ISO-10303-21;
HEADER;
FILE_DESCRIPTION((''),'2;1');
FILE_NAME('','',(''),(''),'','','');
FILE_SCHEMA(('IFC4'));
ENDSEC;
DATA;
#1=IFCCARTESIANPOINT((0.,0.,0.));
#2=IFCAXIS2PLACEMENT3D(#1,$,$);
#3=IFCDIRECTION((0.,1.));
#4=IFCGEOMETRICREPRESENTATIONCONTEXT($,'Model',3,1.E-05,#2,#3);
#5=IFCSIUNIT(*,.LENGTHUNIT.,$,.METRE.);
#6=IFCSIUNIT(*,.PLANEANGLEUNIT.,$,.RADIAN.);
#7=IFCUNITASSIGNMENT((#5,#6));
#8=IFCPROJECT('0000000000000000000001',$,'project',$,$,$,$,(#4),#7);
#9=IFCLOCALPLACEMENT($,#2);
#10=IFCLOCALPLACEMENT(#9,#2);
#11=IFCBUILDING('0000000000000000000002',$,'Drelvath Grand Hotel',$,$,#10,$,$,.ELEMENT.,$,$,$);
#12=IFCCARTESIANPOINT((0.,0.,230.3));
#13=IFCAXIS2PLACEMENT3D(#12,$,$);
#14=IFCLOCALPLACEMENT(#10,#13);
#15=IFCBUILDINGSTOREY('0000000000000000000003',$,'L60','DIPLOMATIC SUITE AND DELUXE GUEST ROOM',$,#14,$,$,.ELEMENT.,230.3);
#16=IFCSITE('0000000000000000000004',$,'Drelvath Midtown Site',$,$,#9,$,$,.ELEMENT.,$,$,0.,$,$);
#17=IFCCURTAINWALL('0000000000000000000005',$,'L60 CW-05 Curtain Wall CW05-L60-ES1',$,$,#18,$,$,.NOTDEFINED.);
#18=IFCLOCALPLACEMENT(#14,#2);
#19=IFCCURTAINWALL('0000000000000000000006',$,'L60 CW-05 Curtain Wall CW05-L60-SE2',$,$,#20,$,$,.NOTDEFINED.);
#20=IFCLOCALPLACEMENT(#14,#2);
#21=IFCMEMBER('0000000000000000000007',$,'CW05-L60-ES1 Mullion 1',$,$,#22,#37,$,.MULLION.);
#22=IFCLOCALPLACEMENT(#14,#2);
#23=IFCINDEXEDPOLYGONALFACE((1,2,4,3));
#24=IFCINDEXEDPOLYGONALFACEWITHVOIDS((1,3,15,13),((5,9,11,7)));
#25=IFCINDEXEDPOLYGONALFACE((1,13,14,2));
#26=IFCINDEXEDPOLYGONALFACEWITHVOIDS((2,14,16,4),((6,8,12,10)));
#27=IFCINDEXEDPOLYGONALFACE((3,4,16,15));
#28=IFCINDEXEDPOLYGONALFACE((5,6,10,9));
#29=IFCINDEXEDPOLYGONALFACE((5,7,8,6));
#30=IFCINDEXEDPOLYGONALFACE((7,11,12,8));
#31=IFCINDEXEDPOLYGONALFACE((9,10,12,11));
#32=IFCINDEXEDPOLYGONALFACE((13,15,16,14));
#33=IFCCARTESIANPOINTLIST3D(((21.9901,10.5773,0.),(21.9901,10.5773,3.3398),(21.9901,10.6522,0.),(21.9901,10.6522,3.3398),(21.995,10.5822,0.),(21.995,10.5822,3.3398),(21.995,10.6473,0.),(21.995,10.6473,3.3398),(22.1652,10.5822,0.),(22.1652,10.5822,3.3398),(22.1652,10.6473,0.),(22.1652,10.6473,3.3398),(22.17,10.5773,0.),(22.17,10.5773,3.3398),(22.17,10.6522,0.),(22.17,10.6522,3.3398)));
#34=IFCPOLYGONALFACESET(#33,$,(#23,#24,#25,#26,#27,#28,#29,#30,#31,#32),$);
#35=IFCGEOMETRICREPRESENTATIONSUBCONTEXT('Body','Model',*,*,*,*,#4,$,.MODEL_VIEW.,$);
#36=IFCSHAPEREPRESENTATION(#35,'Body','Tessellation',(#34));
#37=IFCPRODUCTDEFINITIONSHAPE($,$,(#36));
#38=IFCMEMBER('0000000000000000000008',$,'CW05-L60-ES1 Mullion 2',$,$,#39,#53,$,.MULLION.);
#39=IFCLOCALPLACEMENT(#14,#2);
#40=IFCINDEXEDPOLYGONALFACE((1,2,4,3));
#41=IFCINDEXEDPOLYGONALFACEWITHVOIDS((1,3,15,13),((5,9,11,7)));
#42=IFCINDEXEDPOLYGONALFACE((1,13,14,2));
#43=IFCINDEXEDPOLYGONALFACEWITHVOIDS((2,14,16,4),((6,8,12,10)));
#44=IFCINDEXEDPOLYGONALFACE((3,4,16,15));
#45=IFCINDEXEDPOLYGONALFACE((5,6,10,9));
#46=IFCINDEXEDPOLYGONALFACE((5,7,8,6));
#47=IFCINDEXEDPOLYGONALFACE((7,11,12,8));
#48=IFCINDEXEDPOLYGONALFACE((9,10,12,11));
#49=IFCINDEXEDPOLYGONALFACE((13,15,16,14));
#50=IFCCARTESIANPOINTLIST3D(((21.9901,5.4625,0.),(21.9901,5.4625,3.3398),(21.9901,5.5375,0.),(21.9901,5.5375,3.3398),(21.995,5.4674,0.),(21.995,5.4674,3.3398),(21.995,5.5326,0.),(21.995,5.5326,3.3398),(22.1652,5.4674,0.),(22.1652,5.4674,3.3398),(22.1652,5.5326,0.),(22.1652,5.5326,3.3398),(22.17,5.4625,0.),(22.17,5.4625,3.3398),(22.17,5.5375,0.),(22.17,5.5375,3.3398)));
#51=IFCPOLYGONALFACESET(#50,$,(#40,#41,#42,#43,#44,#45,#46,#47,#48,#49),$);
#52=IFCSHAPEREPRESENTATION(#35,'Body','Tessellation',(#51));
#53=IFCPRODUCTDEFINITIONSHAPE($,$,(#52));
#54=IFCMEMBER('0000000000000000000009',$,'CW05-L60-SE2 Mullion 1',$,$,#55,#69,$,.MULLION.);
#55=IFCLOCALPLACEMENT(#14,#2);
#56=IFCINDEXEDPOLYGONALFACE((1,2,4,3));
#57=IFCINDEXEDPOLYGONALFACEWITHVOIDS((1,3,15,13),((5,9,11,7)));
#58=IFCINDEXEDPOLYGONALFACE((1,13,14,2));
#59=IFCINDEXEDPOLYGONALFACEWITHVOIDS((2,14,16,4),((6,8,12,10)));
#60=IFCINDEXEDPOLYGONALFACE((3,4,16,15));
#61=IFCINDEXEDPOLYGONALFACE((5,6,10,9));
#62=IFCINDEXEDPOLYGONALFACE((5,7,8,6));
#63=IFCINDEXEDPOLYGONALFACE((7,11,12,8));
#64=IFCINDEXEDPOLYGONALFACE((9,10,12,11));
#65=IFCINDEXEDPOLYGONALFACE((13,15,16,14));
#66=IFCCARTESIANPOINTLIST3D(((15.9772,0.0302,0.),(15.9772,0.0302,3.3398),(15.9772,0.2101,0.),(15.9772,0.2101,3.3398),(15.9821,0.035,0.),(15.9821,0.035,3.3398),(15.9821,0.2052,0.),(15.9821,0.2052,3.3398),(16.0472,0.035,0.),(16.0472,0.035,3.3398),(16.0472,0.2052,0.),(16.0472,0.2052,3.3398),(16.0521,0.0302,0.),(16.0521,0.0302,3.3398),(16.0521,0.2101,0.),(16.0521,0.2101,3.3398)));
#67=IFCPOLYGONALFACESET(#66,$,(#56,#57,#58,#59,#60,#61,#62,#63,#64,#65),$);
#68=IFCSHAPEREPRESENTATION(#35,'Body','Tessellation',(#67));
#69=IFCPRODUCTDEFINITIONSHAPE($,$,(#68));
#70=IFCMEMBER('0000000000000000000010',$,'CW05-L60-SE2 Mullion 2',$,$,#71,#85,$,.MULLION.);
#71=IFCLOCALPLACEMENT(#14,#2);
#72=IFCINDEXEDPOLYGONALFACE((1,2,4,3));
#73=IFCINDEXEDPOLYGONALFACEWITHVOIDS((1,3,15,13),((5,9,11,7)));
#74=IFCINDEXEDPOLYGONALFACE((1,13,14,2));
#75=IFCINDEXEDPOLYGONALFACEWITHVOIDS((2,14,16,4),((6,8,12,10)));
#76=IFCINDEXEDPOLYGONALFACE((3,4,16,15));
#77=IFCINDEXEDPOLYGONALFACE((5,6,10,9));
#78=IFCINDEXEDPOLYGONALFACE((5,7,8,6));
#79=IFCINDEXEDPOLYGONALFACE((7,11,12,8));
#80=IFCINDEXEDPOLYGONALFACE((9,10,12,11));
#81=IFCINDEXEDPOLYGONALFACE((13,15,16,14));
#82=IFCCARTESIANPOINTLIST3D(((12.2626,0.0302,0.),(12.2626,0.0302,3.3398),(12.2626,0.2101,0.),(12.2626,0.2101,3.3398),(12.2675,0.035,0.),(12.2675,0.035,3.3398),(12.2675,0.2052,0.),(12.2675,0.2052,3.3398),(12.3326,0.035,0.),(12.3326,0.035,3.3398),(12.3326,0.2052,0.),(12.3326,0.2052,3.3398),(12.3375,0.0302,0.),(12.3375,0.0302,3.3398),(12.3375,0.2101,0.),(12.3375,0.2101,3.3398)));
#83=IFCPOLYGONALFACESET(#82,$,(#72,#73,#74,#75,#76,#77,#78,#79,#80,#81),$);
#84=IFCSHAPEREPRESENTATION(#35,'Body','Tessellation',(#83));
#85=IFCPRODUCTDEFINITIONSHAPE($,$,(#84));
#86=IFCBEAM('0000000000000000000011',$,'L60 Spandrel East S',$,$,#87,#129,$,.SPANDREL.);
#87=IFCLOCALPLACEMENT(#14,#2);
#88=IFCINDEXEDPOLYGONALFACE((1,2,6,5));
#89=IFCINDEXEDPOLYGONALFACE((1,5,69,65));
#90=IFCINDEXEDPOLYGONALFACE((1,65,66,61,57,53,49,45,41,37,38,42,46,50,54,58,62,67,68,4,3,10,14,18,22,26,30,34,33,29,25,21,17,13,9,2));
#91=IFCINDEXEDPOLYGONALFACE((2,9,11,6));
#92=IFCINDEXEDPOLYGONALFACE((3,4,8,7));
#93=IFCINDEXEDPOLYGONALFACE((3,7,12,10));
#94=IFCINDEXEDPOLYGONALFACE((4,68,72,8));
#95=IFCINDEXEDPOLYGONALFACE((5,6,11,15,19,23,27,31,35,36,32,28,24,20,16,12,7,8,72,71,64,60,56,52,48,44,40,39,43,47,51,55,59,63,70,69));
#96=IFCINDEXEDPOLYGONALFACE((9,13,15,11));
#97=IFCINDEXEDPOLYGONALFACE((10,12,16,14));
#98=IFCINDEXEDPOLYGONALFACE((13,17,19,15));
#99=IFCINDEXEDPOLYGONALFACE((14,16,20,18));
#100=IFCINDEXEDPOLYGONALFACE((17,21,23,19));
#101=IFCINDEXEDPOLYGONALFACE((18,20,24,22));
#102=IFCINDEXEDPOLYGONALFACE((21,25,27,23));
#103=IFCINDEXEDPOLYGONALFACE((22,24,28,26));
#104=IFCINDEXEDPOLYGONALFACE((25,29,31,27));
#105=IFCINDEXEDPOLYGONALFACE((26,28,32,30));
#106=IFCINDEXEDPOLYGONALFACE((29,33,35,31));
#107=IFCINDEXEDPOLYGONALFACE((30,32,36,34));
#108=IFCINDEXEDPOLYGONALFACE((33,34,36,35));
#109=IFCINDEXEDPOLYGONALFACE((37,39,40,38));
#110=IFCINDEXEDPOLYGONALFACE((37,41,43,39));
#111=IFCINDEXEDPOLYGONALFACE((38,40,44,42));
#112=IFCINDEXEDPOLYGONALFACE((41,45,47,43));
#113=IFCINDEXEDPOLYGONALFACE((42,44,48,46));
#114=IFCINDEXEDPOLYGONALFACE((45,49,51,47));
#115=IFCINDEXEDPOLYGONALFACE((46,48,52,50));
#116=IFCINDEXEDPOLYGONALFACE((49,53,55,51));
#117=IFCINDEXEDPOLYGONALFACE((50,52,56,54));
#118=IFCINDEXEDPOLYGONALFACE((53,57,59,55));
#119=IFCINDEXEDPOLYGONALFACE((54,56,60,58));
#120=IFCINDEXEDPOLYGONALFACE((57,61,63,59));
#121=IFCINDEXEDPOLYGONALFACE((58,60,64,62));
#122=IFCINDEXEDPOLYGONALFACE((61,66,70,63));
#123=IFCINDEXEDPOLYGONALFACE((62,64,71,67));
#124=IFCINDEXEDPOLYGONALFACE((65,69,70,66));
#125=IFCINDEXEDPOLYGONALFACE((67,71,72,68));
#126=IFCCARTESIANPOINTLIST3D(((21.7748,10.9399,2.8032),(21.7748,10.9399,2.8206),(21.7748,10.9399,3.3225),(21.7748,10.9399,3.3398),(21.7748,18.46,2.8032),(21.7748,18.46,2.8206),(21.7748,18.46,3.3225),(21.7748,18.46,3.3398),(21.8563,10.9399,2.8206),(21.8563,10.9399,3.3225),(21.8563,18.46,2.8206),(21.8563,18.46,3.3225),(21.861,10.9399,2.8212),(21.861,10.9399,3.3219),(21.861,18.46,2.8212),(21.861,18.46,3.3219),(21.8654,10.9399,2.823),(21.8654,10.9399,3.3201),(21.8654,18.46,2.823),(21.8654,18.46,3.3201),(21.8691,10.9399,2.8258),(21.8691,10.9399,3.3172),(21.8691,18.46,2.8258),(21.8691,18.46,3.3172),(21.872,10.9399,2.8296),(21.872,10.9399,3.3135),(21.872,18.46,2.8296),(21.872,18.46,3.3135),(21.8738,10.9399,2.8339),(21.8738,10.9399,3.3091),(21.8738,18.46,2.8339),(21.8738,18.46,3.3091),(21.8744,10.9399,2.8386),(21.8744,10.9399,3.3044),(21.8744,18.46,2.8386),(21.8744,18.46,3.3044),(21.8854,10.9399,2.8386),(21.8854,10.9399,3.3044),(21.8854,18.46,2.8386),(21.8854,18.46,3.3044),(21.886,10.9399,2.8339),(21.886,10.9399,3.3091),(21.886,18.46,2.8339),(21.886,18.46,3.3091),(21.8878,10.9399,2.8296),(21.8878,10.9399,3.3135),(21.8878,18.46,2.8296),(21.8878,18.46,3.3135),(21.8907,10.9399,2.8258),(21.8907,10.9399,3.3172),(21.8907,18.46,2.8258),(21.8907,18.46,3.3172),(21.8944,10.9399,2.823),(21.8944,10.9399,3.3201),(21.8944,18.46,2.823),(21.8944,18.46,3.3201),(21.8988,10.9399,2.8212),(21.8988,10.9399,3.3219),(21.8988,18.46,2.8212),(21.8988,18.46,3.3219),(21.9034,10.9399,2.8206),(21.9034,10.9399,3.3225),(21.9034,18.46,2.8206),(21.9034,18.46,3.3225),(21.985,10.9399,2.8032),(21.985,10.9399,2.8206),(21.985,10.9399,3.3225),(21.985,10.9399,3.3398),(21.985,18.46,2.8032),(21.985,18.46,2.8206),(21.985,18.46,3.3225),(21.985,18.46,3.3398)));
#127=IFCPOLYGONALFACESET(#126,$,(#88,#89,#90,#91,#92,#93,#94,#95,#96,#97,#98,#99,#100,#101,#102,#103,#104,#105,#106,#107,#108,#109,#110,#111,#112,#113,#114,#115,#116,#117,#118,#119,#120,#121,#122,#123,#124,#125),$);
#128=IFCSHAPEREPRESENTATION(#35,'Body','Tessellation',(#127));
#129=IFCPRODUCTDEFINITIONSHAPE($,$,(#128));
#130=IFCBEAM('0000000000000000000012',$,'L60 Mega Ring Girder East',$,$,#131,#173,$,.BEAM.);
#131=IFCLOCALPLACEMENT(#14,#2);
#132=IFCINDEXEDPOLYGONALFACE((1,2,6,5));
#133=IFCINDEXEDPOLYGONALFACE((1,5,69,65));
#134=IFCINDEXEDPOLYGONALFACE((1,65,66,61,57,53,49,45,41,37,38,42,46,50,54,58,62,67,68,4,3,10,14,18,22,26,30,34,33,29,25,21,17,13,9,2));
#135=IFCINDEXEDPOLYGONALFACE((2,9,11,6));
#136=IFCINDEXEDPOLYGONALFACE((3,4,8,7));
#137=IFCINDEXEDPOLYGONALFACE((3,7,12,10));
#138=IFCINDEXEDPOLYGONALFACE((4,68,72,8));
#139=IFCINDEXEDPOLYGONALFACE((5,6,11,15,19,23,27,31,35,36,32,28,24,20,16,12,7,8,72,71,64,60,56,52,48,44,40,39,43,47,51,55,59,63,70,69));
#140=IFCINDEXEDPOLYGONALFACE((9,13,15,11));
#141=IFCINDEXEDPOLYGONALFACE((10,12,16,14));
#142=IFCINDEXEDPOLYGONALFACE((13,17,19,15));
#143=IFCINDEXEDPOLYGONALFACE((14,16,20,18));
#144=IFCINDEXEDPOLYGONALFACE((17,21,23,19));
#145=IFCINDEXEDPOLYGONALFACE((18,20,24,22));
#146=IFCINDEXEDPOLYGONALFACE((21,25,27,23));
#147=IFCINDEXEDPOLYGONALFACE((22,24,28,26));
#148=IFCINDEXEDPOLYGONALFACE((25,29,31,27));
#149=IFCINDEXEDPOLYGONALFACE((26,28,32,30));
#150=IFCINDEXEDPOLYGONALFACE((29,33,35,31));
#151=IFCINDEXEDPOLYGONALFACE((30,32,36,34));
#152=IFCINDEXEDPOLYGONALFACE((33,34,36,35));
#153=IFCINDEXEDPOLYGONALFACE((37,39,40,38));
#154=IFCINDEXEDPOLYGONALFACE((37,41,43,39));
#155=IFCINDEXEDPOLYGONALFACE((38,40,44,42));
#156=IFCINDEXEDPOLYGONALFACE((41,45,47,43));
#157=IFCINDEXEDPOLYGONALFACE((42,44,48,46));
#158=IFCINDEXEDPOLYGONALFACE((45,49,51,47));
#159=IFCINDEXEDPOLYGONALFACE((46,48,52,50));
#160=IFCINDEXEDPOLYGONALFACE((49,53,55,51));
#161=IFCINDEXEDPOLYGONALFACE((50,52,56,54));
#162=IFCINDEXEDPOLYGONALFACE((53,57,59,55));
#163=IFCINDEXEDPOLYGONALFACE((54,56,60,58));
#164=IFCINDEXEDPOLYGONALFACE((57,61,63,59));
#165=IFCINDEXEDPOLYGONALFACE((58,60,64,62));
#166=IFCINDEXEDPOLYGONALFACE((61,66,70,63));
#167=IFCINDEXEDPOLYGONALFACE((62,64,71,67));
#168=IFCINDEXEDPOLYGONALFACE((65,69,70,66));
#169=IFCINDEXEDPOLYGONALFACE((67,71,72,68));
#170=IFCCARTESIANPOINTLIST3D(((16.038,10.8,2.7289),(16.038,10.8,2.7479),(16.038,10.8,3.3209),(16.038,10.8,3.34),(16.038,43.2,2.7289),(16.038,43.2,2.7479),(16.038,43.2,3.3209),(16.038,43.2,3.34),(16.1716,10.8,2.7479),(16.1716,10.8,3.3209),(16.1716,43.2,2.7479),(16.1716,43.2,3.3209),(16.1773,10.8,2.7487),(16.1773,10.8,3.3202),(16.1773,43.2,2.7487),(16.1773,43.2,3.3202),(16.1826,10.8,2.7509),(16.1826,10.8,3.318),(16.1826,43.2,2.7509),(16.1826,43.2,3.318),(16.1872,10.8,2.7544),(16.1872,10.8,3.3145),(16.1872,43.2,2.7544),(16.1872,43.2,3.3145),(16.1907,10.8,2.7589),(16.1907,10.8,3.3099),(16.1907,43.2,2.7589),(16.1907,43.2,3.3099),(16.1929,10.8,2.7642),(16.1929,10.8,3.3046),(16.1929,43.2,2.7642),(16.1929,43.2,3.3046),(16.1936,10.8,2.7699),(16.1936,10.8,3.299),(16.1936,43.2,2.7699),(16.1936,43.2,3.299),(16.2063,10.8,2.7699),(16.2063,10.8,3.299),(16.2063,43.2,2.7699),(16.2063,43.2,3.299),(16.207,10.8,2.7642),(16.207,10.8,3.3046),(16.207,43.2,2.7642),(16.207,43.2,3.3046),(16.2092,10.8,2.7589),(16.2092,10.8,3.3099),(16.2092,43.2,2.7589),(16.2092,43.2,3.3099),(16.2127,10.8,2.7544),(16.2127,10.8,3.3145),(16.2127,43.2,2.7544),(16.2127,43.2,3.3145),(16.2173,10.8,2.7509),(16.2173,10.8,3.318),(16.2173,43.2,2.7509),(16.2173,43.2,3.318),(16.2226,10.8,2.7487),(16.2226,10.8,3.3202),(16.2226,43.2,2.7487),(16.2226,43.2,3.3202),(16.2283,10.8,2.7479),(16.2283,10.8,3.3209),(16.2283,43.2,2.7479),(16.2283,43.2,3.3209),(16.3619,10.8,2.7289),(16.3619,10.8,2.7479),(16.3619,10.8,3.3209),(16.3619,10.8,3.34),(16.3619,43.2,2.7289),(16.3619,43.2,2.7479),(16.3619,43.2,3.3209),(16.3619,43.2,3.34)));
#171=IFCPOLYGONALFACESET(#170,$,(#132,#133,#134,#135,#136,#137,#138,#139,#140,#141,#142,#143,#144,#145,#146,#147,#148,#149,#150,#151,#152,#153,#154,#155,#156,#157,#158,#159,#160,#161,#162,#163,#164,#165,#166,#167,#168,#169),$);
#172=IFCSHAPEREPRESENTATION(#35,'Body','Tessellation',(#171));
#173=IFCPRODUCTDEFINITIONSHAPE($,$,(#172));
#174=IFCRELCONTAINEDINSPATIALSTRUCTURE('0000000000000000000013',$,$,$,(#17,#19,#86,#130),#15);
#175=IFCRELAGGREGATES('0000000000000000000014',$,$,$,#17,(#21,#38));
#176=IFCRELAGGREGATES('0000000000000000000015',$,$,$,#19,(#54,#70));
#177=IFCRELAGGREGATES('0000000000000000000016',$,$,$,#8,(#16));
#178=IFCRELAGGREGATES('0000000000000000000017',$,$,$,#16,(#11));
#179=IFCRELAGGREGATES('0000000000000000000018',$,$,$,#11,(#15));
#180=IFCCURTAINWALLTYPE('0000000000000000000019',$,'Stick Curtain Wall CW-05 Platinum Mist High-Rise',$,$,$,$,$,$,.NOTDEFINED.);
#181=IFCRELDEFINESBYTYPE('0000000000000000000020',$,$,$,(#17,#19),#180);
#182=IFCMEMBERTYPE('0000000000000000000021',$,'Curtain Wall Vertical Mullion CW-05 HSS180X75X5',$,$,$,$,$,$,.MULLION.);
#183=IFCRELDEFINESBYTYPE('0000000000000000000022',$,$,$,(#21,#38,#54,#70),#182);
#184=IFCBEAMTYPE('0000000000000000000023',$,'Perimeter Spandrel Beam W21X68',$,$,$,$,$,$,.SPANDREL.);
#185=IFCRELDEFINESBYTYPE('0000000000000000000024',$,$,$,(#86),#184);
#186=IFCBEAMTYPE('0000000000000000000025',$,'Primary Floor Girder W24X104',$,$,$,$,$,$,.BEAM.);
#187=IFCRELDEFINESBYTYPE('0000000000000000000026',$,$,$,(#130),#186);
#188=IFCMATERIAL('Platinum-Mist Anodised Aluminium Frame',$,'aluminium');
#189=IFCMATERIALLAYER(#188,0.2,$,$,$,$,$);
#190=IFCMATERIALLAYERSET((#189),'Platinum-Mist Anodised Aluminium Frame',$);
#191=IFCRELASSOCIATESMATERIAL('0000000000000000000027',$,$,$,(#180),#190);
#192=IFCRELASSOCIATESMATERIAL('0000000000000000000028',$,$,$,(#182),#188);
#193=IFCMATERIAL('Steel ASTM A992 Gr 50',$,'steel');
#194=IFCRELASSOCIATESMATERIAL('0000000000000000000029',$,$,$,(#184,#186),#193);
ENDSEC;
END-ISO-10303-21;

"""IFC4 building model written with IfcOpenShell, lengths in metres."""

from ifc_helpers import new_model, si_unit, direction, frame, origin, origin_2d, place, context, subcontext, project, spatial, hollow_rectangle, i_section, extrude, material, layer, layer_set, material_profile, profile_set, type_object, element, aggregate, save


model = new_model("IFC4")

# Units and contexts
model_context = context("Model", 3, precision=1e-05, world=origin(), true_north=direction((0.0, 1.0)))
body_context = subcontext(model_context, "Body", "Model", "MODEL_VIEW")
ifc_project = project(units=[si_unit("LENGTHUNIT", "METRE"), si_unit("PLANEANGLEUNIT", "RADIAN")], contexts=[model_context])

# Site, building, storey
site_placement = place(None, origin())
site = spatial("IfcSite", under=ifc_project, at=site_placement, Name="Drelvath Midtown Site", CompositionType="ELEMENT", RefElevation=0.0)
building_placement = place(site_placement, origin())
building = spatial("IfcBuilding", under=site, at=building_placement, Name="Drelvath Grand Hotel", CompositionType="ELEMENT")
storey_placement = place(building_placement, frame((0.0, 0.0, 230.3)))
storey = spatial("IfcBuildingStorey", under=building, at=storey_placement, Name="L60", Description="DIPLOMATIC SUITE AND DELUXE GUEST ROOM", CompositionType="ELEMENT", Elevation=230.3)

# Shared definitions
ifc_material_1 = material(Name="Steel ASTM A992 Gr 50", Category="steel")

# Curtain walls
ifc_material_2 = material(Name="Platinum-Mist Anodised Aluminium Frame", Category="aluminium")
ifc_layer_1 = layer(ifc_material_2, 0.2)
ifc_layer_set_1 = layer_set([ifc_layer_1], Name="Platinum-Mist Anodised Aluminium Frame")
curtain_wall_type = type_object("IfcCurtainWallType", Name="Stick Curtain Wall CW-05 Platinum Mist High-Rise", PredefinedType="NOTDEFINED", material=ifc_layer_set_1)
curtain_wall_1_placement = place(storey_placement, origin())
curtain_wall_1 = element("IfcCurtainWall", 1, at=curtain_wall_1_placement, inside=storey, type_object=curtain_wall_type, Name="L60 CW-05 Curtain Wall CW05-L60-ES1", PredefinedType="NOTDEFINED")
curtain_wall_2_placement = place(storey_placement, origin())
curtain_wall_2 = element("IfcCurtainWall", 2, at=curtain_wall_2_placement, inside=storey, type_object=curtain_wall_type, Name="L60 CW-05 Curtain Wall CW05-L60-SE2", PredefinedType="NOTDEFINED")

# Members
ifc_material_profile_1 = material_profile(ifc_material_2, hollow_rectangle(XDim=0.075, YDim=0.1799, WallThickness=0.0049, at=origin_2d()), Name="HSS180X75X5")
ifc_profile_set_1 = profile_set([ifc_material_profile_1], Name="Platinum-Mist Anodised Aluminium Frame")
member_type_1 = type_object("IfcMemberType", Name="Curtain Wall Vertical Mullion CW-05 HSS180X75X5", PredefinedType="MULLION", material=ifc_profile_set_1)
member_1_placement = place(storey_placement, frame((22.0801, 10.6147, 0.0), z_axis=(0.0, 0.0, 1.0), x_axis=(0.0, 1.0, 0.0)))
member_1 = element("IfcMember", 3, at=member_1_placement, type_object=member_type_1, Name="CW05-L60-ES1 Mullion 1", PredefinedType="MULLION", context=body_context, shape_type="SweptSolid", body=[
    extrude(hollow_rectangle(XDim=0.075, YDim=0.1799, WallThickness=0.0049, at=origin_2d()), origin(), (0.0, 0.0, 1.0), 3.3398),
])
member_2_placement = place(storey_placement, frame((22.0801, 5.5, 0.0), z_axis=(0.0, 0.0, 1.0), x_axis=(0.0, 1.0, 0.0)))
member_2 = element("IfcMember", 4, at=member_2_placement, type_object=member_type_1, Name="CW05-L60-ES1 Mullion 2", PredefinedType="MULLION", context=body_context, shape_type="SweptSolid", body=[
    extrude(hollow_rectangle(XDim=0.075, YDim=0.1799, WallThickness=0.0049, at=origin_2d()), origin(), (0.0, 0.0, 1.0), 3.3398),
])
member_3_placement = place(storey_placement, frame((16.0146, 0.1201, 0.0), z_axis=(0.0, 0.0, 1.0), x_axis=(1.0, 0.0, 0.0)))
member_3 = element("IfcMember", 5, at=member_3_placement, type_object=member_type_1, Name="CW05-L60-SE2 Mullion 1", PredefinedType="MULLION", context=body_context, shape_type="SweptSolid", body=[
    extrude(hollow_rectangle(XDim=0.075, YDim=0.1799, WallThickness=0.0049, at=origin_2d()), origin(), (0.0, 0.0, 1.0), 3.3398),
])
member_4_placement = place(storey_placement, frame((12.3, 0.1201, 0.0), z_axis=(0.0, 0.0, 1.0), x_axis=(1.0, 0.0, 0.0)))
member_4 = element("IfcMember", 6, at=member_4_placement, type_object=member_type_1, Name="CW05-L60-SE2 Mullion 2", PredefinedType="MULLION", context=body_context, shape_type="SweptSolid", body=[
    extrude(hollow_rectangle(XDim=0.075, YDim=0.1799, WallThickness=0.0049, at=origin_2d()), origin(), (0.0, 0.0, 1.0), 3.3398),
])

# Beams
ifc_material_profile_2 = material_profile(ifc_material_1, i_section(OverallWidth=0.2102, OverallDepth=0.5366, WebThickness=0.011, FlangeThickness=0.0173, FilletRadius=0.0181, at=origin_2d()), Name="W21X68")
ifc_profile_set_2 = profile_set([ifc_material_profile_2], Name="Steel ASTM A992 Gr 50")
beam_type_1 = type_object("IfcBeamType", Name="Perimeter Spandrel Beam W21X68", PredefinedType="SPANDREL", material=ifc_profile_set_2)
beam_1_placement = place(storey_placement, frame((21.8799, 10.9399, 3.0715), z_axis=(0.0, 1.0, 0.0), x_axis=(-1.0, 0.0, 0.0)))
element("IfcBeam", 7, at=beam_1_placement, inside=storey, type_object=beam_type_1, Name="L60 Spandrel East S", PredefinedType="SPANDREL", context=body_context, shape_type="SweptSolid", body=[
    extrude(i_section(OverallWidth=0.2102, OverallDepth=0.5366, WebThickness=0.011, FlangeThickness=0.0173, FilletRadius=0.0181, at=origin_2d()), origin(), (0.0, 0.0, 1.0), 7.52),
])
ifc_material_profile_3 = material_profile(ifc_material_1, i_section(OverallWidth=0.324, OverallDepth=0.6111, WebThickness=0.0127, FlangeThickness=0.019, FilletRadius=0.022, at=origin_2d()), Name="W24X104")
ifc_profile_set_3 = profile_set([ifc_material_profile_3], Name="Steel ASTM A992 Gr 50")
beam_type_2 = type_object("IfcBeamType", Name="Primary Floor Girder W24X104", PredefinedType="BEAM", material=ifc_profile_set_3)
beam_2_placement = place(storey_placement, frame((16.2, 10.8, 3.0344), z_axis=(0.0, 1.0, 0.0), x_axis=(-1.0, 0.0, 0.0)))
element("IfcBeam", 8, at=beam_2_placement, inside=storey, type_object=beam_type_2, Name="L60 Mega Ring Girder East", PredefinedType="BEAM", context=body_context, shape_type="SweptSolid", body=[
    extrude(i_section(OverallWidth=0.324, OverallDepth=0.6111, WebThickness=0.0127, FlangeThickness=0.019, FilletRadius=0.022, at=origin_2d()), origin(), (0.0, 0.0, 1.0), 32.3999),
])

aggregate(curtain_wall_1, [member_1, member_2])
aggregate(curtain_wall_2, [member_3, member_4])

save(model, "model.ifc")
